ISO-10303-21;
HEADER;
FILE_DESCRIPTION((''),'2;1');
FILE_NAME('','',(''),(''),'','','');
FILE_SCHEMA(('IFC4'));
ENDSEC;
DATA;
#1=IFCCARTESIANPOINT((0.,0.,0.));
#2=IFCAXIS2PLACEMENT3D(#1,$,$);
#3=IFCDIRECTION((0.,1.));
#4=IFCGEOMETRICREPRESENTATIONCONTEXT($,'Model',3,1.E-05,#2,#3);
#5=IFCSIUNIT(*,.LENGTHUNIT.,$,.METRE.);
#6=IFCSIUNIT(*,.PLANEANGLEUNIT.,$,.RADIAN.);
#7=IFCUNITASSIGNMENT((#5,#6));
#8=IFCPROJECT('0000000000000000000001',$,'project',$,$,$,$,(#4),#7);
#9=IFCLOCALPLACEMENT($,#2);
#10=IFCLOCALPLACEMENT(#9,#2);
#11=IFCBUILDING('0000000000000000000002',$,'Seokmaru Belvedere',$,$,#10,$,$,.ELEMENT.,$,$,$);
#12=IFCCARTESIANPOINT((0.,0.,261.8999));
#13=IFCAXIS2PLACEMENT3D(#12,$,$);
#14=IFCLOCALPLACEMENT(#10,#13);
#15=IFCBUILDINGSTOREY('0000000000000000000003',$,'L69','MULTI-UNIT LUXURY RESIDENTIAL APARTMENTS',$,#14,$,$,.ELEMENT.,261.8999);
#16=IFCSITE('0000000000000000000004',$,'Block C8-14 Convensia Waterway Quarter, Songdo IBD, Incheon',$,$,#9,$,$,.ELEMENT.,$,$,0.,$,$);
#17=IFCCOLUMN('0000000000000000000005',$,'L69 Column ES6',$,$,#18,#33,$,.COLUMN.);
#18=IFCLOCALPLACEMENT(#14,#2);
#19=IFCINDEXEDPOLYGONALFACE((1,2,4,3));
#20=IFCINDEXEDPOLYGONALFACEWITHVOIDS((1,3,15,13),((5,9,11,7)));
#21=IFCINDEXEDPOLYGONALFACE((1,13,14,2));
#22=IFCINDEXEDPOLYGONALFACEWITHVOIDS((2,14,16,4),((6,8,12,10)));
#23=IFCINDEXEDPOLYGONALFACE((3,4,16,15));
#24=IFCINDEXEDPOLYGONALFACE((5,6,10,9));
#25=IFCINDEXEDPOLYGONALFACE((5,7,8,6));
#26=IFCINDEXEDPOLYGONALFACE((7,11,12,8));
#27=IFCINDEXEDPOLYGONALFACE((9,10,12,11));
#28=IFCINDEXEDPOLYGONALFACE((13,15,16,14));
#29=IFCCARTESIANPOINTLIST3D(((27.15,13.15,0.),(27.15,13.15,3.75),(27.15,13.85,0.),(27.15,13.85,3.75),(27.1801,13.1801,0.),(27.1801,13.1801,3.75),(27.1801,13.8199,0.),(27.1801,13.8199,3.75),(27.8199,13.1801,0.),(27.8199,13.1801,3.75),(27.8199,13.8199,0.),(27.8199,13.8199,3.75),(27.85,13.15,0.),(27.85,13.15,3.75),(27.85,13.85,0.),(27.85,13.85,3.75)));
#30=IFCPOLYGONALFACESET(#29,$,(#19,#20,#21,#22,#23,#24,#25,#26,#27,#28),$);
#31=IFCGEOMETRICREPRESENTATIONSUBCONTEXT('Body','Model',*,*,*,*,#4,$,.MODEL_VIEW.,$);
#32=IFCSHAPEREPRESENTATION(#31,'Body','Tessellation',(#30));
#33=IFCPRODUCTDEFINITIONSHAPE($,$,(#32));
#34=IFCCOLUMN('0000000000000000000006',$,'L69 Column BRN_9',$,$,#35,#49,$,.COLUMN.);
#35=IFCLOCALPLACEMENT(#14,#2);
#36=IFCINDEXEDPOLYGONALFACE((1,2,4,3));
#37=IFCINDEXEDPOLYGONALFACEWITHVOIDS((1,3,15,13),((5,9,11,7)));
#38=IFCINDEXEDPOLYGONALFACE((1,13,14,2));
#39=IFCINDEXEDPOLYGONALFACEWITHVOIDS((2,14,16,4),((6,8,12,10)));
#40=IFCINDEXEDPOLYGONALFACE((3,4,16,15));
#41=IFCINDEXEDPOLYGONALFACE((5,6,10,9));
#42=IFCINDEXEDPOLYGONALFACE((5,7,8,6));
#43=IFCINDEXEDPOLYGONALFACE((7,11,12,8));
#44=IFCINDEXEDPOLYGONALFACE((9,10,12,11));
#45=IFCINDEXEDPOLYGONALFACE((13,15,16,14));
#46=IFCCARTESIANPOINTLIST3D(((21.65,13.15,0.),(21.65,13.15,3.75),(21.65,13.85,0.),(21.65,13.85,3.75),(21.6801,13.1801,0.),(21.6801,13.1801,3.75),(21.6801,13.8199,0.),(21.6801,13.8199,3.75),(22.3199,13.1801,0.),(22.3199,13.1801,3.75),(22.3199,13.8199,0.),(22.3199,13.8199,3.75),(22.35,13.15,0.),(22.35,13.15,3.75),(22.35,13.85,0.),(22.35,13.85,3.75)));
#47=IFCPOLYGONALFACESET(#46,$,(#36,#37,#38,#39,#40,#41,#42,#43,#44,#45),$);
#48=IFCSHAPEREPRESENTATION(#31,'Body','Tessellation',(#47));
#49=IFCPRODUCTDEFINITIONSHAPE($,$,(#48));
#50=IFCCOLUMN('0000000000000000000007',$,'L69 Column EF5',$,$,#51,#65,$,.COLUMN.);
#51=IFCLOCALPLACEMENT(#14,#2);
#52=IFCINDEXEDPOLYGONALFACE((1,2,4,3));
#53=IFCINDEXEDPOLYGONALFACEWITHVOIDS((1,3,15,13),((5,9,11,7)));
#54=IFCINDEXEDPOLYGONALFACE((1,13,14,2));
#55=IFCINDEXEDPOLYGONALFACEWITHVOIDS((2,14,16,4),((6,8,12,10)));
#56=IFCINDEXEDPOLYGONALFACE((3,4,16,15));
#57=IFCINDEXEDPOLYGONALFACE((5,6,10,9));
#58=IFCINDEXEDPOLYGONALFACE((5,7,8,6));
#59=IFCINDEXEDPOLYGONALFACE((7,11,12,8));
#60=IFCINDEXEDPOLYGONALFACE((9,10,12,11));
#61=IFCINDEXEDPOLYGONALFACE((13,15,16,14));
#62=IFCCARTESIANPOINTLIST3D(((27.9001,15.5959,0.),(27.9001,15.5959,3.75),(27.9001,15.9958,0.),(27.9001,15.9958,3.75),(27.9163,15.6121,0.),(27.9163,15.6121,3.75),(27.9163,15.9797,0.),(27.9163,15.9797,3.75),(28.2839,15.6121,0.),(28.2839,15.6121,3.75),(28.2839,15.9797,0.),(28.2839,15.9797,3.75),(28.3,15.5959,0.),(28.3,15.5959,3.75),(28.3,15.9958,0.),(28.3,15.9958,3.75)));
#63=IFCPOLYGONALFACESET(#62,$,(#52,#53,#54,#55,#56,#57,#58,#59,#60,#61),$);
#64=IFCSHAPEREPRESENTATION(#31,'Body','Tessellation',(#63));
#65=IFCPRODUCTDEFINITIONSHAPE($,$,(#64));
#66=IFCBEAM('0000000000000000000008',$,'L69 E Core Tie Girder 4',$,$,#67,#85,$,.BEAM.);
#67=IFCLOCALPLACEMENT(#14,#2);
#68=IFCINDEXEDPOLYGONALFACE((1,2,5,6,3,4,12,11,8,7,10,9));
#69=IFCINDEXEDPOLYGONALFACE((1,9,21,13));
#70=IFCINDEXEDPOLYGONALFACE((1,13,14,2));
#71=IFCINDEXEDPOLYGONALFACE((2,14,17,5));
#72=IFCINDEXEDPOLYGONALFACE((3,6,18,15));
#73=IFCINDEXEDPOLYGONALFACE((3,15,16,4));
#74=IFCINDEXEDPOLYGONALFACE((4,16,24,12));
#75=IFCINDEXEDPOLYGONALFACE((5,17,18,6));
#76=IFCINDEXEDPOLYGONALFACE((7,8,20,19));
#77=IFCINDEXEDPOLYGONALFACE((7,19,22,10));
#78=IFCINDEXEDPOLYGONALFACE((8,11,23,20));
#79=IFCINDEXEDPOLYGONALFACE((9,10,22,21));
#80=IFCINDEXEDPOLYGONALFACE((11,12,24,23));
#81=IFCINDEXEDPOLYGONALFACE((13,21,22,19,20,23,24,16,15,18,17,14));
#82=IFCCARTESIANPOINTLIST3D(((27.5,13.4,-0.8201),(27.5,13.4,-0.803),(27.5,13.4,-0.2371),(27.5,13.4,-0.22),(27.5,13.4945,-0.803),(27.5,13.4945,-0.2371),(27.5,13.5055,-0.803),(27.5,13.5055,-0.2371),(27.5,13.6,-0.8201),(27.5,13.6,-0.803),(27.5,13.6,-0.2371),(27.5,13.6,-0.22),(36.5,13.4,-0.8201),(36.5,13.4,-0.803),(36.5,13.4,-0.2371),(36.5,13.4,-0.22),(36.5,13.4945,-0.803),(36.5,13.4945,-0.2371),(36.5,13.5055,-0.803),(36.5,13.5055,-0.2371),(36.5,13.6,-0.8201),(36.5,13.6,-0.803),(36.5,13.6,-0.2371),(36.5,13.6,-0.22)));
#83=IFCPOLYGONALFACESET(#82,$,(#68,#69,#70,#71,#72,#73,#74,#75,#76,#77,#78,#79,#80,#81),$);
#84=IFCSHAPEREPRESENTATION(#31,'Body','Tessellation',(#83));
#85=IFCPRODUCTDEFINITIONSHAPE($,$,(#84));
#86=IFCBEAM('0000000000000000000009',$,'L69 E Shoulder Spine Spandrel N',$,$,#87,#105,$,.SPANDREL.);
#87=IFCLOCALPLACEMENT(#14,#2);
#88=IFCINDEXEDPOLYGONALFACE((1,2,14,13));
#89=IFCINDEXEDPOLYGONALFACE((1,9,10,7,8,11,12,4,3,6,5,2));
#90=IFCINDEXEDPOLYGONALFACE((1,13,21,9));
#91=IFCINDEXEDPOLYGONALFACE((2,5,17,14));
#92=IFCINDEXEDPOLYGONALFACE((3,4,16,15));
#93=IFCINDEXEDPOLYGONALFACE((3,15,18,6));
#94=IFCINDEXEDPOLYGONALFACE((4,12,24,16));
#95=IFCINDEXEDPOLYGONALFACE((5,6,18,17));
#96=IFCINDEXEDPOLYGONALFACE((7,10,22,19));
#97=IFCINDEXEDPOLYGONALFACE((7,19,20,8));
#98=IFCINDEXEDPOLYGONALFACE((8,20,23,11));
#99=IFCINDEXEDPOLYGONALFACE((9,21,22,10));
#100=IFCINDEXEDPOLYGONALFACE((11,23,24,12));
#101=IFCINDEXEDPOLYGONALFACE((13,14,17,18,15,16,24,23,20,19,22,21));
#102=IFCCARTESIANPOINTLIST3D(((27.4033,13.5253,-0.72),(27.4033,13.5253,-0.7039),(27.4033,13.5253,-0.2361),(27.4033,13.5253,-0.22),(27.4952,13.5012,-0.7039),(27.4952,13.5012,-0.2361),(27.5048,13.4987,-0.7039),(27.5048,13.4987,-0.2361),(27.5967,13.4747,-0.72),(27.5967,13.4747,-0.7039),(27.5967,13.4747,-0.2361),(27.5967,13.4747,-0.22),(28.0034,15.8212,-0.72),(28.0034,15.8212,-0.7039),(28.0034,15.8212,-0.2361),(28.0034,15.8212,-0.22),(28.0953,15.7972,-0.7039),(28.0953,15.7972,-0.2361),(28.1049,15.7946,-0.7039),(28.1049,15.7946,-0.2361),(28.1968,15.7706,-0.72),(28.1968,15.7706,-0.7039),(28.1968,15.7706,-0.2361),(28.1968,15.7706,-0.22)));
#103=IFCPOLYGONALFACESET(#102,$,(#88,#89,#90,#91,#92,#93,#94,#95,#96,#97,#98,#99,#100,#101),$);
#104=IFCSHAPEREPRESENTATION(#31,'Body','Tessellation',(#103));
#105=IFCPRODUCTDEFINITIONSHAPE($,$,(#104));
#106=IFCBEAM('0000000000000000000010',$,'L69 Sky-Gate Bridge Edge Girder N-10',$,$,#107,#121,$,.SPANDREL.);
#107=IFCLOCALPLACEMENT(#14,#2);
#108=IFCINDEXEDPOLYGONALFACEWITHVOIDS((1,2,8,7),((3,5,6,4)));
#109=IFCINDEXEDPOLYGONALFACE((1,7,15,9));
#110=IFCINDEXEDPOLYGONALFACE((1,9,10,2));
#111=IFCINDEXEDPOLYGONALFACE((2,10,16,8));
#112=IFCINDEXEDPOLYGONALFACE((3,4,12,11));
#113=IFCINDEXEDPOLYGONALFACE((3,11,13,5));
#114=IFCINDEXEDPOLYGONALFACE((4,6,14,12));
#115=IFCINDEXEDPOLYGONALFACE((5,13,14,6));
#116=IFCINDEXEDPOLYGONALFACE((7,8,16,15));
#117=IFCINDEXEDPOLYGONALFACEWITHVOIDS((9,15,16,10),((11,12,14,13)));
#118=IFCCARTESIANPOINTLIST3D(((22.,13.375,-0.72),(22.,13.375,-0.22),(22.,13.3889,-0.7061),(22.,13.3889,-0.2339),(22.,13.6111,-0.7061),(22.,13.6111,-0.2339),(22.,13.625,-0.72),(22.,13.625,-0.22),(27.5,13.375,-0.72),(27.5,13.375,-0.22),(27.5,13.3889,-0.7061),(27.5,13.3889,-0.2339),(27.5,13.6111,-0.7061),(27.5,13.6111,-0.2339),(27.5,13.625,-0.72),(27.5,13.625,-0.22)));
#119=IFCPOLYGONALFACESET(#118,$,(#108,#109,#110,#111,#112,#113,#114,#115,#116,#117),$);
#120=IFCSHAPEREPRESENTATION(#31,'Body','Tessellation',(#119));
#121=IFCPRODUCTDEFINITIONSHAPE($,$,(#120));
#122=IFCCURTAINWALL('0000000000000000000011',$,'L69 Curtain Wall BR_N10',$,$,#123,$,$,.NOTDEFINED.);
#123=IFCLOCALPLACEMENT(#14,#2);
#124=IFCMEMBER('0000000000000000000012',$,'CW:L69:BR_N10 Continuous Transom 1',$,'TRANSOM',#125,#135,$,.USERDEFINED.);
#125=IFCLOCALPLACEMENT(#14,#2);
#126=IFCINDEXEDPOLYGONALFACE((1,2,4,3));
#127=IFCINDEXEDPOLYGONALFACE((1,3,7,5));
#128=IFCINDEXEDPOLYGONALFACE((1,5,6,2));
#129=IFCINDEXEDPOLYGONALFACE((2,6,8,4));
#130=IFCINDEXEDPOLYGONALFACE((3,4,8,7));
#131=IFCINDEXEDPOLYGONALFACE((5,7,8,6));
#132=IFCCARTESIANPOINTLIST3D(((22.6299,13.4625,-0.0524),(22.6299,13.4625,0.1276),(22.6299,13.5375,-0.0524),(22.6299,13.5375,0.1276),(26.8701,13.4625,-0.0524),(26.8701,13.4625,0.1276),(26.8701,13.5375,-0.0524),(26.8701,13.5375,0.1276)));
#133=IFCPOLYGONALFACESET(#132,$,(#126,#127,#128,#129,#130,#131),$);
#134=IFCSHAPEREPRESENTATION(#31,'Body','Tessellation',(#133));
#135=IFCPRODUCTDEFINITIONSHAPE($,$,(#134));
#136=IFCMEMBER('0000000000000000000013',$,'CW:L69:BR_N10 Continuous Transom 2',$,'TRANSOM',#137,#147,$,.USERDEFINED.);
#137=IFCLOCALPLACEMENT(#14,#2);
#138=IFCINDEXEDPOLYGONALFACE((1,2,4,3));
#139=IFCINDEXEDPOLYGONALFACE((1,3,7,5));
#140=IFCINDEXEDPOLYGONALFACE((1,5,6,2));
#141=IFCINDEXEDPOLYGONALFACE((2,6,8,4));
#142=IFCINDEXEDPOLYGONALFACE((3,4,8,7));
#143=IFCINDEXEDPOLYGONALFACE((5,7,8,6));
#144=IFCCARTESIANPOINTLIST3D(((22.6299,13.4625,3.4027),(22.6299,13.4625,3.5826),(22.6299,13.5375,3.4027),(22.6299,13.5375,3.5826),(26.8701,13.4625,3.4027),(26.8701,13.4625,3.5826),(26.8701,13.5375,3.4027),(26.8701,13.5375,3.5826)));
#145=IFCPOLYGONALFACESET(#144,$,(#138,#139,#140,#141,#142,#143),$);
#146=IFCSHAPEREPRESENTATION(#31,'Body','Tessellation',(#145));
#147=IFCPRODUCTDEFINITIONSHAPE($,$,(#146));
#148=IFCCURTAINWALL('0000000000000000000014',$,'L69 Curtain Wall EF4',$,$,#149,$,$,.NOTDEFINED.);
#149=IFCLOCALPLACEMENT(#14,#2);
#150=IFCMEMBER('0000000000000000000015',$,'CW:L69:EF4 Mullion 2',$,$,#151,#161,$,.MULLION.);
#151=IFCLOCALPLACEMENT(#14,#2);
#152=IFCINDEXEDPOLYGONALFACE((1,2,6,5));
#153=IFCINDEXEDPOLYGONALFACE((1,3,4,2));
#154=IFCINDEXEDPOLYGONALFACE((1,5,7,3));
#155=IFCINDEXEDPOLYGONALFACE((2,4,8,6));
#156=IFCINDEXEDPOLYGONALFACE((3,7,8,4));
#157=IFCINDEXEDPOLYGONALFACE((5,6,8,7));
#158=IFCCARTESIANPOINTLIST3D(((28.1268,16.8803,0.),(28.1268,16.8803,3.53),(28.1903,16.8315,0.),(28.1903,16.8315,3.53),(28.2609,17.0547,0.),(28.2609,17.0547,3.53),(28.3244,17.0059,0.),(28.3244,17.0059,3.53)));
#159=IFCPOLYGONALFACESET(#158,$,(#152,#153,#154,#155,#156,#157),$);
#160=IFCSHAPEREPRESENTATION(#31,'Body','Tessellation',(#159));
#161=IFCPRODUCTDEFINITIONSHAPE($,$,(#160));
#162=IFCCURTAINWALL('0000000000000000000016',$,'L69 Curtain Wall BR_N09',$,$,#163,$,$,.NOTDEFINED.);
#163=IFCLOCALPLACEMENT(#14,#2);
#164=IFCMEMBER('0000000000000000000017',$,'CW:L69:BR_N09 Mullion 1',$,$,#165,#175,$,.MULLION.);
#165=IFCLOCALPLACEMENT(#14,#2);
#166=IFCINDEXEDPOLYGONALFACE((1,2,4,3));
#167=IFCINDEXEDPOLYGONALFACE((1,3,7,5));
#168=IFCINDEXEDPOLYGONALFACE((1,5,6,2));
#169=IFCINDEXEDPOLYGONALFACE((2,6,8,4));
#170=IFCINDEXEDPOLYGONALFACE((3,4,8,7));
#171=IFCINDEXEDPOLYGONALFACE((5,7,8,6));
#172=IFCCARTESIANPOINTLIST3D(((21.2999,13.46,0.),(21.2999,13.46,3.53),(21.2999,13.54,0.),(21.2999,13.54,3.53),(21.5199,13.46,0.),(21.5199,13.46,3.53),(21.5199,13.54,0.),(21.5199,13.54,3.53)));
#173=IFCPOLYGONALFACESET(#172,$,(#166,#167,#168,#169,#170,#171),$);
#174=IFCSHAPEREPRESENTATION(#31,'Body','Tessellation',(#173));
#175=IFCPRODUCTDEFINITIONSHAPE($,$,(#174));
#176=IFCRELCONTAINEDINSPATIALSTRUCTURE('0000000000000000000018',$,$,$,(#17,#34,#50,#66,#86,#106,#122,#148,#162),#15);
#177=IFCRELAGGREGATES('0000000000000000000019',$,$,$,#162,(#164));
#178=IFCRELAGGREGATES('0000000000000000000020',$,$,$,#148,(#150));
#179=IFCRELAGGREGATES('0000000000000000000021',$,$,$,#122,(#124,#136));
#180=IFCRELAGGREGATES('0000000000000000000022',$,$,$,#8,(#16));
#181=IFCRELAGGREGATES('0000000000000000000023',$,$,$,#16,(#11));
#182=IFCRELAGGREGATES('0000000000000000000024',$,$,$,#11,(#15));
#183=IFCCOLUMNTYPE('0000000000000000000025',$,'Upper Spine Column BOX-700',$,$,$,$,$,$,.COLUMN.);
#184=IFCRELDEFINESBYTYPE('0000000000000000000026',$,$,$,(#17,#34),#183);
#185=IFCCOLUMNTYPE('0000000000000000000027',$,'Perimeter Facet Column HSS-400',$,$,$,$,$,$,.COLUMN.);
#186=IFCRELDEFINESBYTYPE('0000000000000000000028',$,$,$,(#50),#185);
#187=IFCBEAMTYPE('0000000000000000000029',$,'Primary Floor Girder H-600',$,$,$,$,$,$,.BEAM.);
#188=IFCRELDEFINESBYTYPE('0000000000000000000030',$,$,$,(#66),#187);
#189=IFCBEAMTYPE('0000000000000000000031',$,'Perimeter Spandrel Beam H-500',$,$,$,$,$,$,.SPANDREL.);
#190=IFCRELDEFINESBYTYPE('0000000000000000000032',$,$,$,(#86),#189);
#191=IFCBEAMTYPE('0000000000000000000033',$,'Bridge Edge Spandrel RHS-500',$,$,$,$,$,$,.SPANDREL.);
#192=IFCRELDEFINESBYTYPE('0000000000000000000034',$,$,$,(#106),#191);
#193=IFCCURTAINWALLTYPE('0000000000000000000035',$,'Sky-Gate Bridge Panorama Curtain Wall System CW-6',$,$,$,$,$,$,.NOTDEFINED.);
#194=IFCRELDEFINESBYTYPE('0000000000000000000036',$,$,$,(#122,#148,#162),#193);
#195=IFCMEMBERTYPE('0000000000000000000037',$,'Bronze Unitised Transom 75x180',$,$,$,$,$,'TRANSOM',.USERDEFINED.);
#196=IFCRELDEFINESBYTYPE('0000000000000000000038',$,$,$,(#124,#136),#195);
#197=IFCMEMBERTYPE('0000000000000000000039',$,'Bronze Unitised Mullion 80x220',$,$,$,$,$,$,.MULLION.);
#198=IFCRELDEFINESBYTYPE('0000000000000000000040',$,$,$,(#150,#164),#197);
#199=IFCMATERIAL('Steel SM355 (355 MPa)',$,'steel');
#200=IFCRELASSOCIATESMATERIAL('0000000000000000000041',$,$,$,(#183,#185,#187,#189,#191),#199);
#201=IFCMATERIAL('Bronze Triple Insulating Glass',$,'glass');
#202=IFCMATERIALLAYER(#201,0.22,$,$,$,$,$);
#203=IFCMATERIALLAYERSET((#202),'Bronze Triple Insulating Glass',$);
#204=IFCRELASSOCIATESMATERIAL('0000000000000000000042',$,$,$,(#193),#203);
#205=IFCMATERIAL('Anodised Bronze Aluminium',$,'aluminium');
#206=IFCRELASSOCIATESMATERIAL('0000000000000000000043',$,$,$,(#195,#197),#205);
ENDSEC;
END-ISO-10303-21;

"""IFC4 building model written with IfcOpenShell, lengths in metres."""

from ifc_helpers import new_model, si_unit, direction, frame, origin, origin_2d, place, context, subcontext, project, spatial, rectangle, hollow_rectangle, i_section, extrude, source, transform, mapped, material, layer, layer_set, material_profile, profile_set, type_object, type_shapes, element, aggregate, save


model = new_model("IFC4")

# Units and contexts
model_context = context("Model", 3, precision=1e-05, world=origin(), true_north=direction((0.0, 1.0)))
body_context = subcontext(model_context, "Body", "Model", "MODEL_VIEW")
ifc_project = project(units=[si_unit("LENGTHUNIT", "METRE"), si_unit("PLANEANGLEUNIT", "RADIAN")], contexts=[model_context])

# Site, building, storey
site_placement = place(None, origin())
site = spatial("IfcSite", under=ifc_project, at=site_placement, Name="Block C8-14 Convensia Waterway Quarter, Songdo IBD, Incheon", CompositionType="ELEMENT", RefElevation=0.0)
building_placement = place(site_placement, origin())
building = spatial("IfcBuilding", under=site, at=building_placement, Name="Seokmaru Belvedere", CompositionType="ELEMENT")
storey_placement = place(building_placement, frame((0.0, 0.0, 261.8999)))
storey = spatial("IfcBuildingStorey", under=building, at=storey_placement, Name="L69", Description="MULTI-UNIT LUXURY RESIDENTIAL APARTMENTS", CompositionType="ELEMENT", Elevation=261.8999)

# Columns
ifc_material_1 = material(Name="Steel SM355 (355 MPa)", Category="steel")
ifc_material_profile_1 = material_profile(ifc_material_1, hollow_rectangle(XDim=0.7, YDim=0.7, WallThickness=0.03, at=origin_2d()), Name="BOX-700x700x30")
ifc_profile_set_1 = profile_set([ifc_material_profile_1], Name="Steel SM355 (355 MPa)")
column_type_1 = type_object("IfcColumnType", Name="Upper Spine Column BOX-700", PredefinedType="COLUMN", material=ifc_profile_set_1)
shared_shape_1 = source(origin(), body_context, "Body", "SweptSolid", [
    extrude(hollow_rectangle(XDim=0.7, YDim=0.7, WallThickness=0.03, at=origin_2d()), origin(), (0.0, 0.0, 1.0), 3.75),
])
type_shapes(column_type_1, [shared_shape_1])
for number, where, z_axis, x_axis, name in (
    (1, (27.5, 13.5, 0.0), (0.0, 0.0, 1.0), (1.0, 0.0, 0.0), "L69 Column ES6"),
    (2, (22.0, 13.5, 0.0), (0.0, 0.0, 1.0), (1.0, 0.0, 0.0), "L69 Column BRN_9"),
):
    element("IfcColumn", number, at=place(storey_placement, frame(where, z_axis=z_axis, x_axis=x_axis)), inside=storey, type_object=column_type_1, Name=name, PredefinedType="COLUMN", context=body_context, shape_type="MappedRepresentation", body=[
        mapped(shared_shape_1, transform((0.0, 0.0, 0.0), scale=1.0)),
    ])
ifc_material_profile_2 = material_profile(ifc_material_1, hollow_rectangle(XDim=0.3999, YDim=0.3999, WallThickness=0.0161, at=origin_2d()), Name="HSS-400x400x16")
ifc_profile_set_2 = profile_set([ifc_material_profile_2], Name="Steel SM355 (355 MPa)")
column_type_2 = type_object("IfcColumnType", Name="Perimeter Facet Column HSS-400", PredefinedType="COLUMN", material=ifc_profile_set_2)
shared_shape_2 = source(origin(), body_context, "Body", "SweptSolid", [
    extrude(hollow_rectangle(XDim=0.3999, YDim=0.3999, WallThickness=0.0161, at=origin_2d()), origin(), (0.0, 0.0, 1.0), 3.75),
])
type_shapes(column_type_2, [shared_shape_2])
column_placement = place(storey_placement, frame((28.1001, 15.7959, 0.0), z_axis=(0.0, 0.0, 1.0), x_axis=(1.0, 0.0, 0.0)))
element("IfcColumn", 3, at=column_placement, inside=storey, type_object=column_type_2, Name="L69 Column EF5", PredefinedType="COLUMN", context=body_context, shape_type="MappedRepresentation", body=[
    mapped(shared_shape_2, transform((0.0, 0.0, 0.0), scale=1.0)),
])

# Beams
ifc_material_profile_3 = material_profile(ifc_material_1, i_section(OverallWidth=0.2, OverallDepth=0.6001, WebThickness=0.011, FlangeThickness=0.0171, at=origin_2d()), Name="H-600x200x11x17")
ifc_profile_set_3 = profile_set([ifc_material_profile_3], Name="Steel SM355 (355 MPa)")
beam_type_1 = type_object("IfcBeamType", Name="Primary Floor Girder H-600", PredefinedType="BEAM", material=ifc_profile_set_3)
shared_shape_3 = source(origin(), body_context, "Body", "SweptSolid", [
    extrude(i_section(OverallWidth=0.2, OverallDepth=0.6001, WebThickness=0.011, FlangeThickness=0.0171, at=origin_2d()), origin(), (0.0, 0.0, 1.0), 9.0),
])
type_shapes(beam_type_1, [shared_shape_3])
beam_1_placement = place(storey_placement, frame((27.5, 13.5, -0.52), z_axis=(1.0, 0.0, 0.0), x_axis=(0.0, 1.0, 0.0)))
element("IfcBeam", 4, at=beam_1_placement, inside=storey, type_object=beam_type_1, Name="L69 E Core Tie Girder 4", PredefinedType="BEAM", context=body_context, shape_type="MappedRepresentation", body=[
    mapped(shared_shape_3, transform((0.0, 0.0, 0.0), scale=1.0)),
])
ifc_material_profile_4 = material_profile(ifc_material_1, i_section(OverallWidth=0.2, OverallDepth=0.5, WebThickness=0.01, FlangeThickness=0.0161, at=origin_2d()), Name="H-500x200x10x16")
ifc_profile_set_4 = profile_set([ifc_material_profile_4], Name="Steel SM355 (355 MPa)")
beam_type_2 = type_object("IfcBeamType", Name="Perimeter Spandrel Beam H-500", PredefinedType="SPANDREL", material=ifc_profile_set_4)
shared_shape_4 = source(origin(), body_context, "Body", "SweptSolid", [
    extrude(i_section(OverallWidth=0.2, OverallDepth=0.5, WebThickness=0.01, FlangeThickness=0.0161, at=origin_2d()), origin(), (0.0, 0.0, 1.0), 2.373),
])
type_shapes(beam_type_2, [shared_shape_4])
beam_2_placement = place(storey_placement, frame((28.1001, 15.7959, -0.47), z_axis=(-0.252883, -0.967497, 0.0), x_axis=(0.967497, -0.252883, 0.0)))
element("IfcBeam", 5, at=beam_2_placement, inside=storey, type_object=beam_type_2, Name="L69 E Shoulder Spine Spandrel N", PredefinedType="SPANDREL", context=body_context, shape_type="MappedRepresentation", body=[
    mapped(shared_shape_4, transform((0.0, 0.0, 0.0), scale=1.0)),
])
ifc_material_profile_5 = material_profile(ifc_material_1, hollow_rectangle(XDim=0.25, YDim=0.5, WallThickness=0.0139, at=origin_2d()), Name="RHS-500x250x14")
ifc_profile_set_5 = profile_set([ifc_material_profile_5], Name="Steel SM355 (355 MPa)")
beam_type_3 = type_object("IfcBeamType", Name="Bridge Edge Spandrel RHS-500", PredefinedType="SPANDREL", material=ifc_profile_set_5)
shared_shape_5 = source(origin(), body_context, "Body", "SweptSolid", [
    extrude(hollow_rectangle(XDim=0.25, YDim=0.5, WallThickness=0.0139, at=origin_2d()), origin(), (0.0, 0.0, 1.0), 5.5),
])
type_shapes(beam_type_3, [shared_shape_5])
beam_3_placement = place(storey_placement, frame((22.0, 13.5, -0.47), z_axis=(1.0, 0.0, 0.0), x_axis=(0.0, 1.0, 0.0)))
element("IfcBeam", 6, at=beam_3_placement, inside=storey, type_object=beam_type_3, Name="L69 Sky-Gate Bridge Edge Girder N-10", PredefinedType="SPANDREL", context=body_context, shape_type="MappedRepresentation", body=[
    mapped(shared_shape_5, transform((0.0, 0.0, 0.0), scale=1.0)),
])

# Curtain wall, members
ifc_material_2 = material(Name="Bronze Triple Insulating Glass", Category="glass")
ifc_layer_1 = layer(ifc_material_2, 0.22)
ifc_layer_set_1 = layer_set([ifc_layer_1], Name="Bronze Triple Insulating Glass")
curtain_wall_type = type_object("IfcCurtainWallType", Name="Sky-Gate Bridge Panorama Curtain Wall System CW-6", PredefinedType="NOTDEFINED", material=ifc_layer_set_1)
curtain_wall_1_placement = place(storey_placement, origin())
curtain_wall_1 = element("IfcCurtainWall", 7, at=curtain_wall_1_placement, inside=storey, type_object=curtain_wall_type, Name="L69 Curtain Wall BR_N10", PredefinedType="NOTDEFINED")
ifc_material_3 = material(Name="Anodised Bronze Aluminium", Category="aluminium")
ifc_material_profile_6 = material_profile(ifc_material_3, rectangle(XDim=0.075, YDim=0.1799, at=origin_2d()), Name="CW-T-75x180")
ifc_profile_set_6 = profile_set([ifc_material_profile_6], Name="Anodised Bronze Aluminium")
member_type_1 = type_object("IfcMemberType", Name="Bronze Unitised Transom 75x180", ElementType="TRANSOM", PredefinedType="USERDEFINED", material=ifc_profile_set_6)
shared_shape_6 = source(origin(), body_context, "Body", "SweptSolid", [
    extrude(rectangle(XDim=0.075, YDim=0.1799, at=origin_2d()), origin(), (0.0, 0.0, 1.0), 4.2402),
])
type_shapes(member_type_1, [shared_shape_6])
member_1_placement = place(storey_placement, frame((26.8701, 13.5, 0.0376), z_axis=(-1.0, 0.0, 0.0), x_axis=(0.0, -1.0, 0.0)))
member_1 = element("IfcMember", 8, at=member_1_placement, type_object=member_type_1, Name="CW:L69:BR_N10 Continuous Transom 1", ObjectType="TRANSOM", PredefinedType="USERDEFINED", context=body_context, shape_type="MappedRepresentation", body=[
    mapped(shared_shape_6, transform((0.0, 0.0, 0.0), scale=1.0)),
])
member_2_placement = place(storey_placement, frame((26.8701, 13.5, 3.4927), z_axis=(-1.0, 0.0, 0.0), x_axis=(0.0, -1.0, 0.0)))
member_2 = element("IfcMember", 9, at=member_2_placement, type_object=member_type_1, Name="CW:L69:BR_N10 Continuous Transom 2", ObjectType="TRANSOM", PredefinedType="USERDEFINED", context=body_context, shape_type="MappedRepresentation", body=[
    mapped(shared_shape_6, transform((0.0, 0.0, 0.0), scale=1.0)),
])

# Curtain walls, members
curtain_wall_2_placement = place(storey_placement, origin())
curtain_wall_2 = element("IfcCurtainWall", 10, at=curtain_wall_2_placement, inside=storey, type_object=curtain_wall_type, Name="L69 Curtain Wall EF4", PredefinedType="NOTDEFINED")
ifc_material_profile_7 = material_profile(ifc_material_3, rectangle(XDim=0.0801, YDim=0.22, at=origin_2d()), Name="CW-M-80x220")
ifc_profile_set_7 = profile_set([ifc_material_profile_7], Name="Anodised Bronze Aluminium")
member_type_2 = type_object("IfcMemberType", Name="Bronze Unitised Mullion 80x220", PredefinedType="MULLION", material=ifc_profile_set_7)
shared_shape_7 = source(origin(), body_context, "Body", "SweptSolid", [
    extrude(rectangle(XDim=0.0801, YDim=0.22, at=origin_2d()), origin(), (0.0, 0.0, 1.0), 3.53),
])
type_shapes(member_type_2, [shared_shape_7])
member_3_placement = place(storey_placement, frame((28.2256, 16.9431, 0.0), z_axis=(0.0, 0.0, 1.0), x_axis=(0.792631, -0.609701, 0.0)))
member_3 = element("IfcMember", 11, at=member_3_placement, type_object=member_type_2, Name="CW:L69:EF4 Mullion 2", PredefinedType="MULLION", context=body_context, shape_type="MappedRepresentation", body=[
    mapped(shared_shape_7, transform((0.0, 0.0, 0.0), scale=1.0)),
])
curtain_wall_3_placement = place(storey_placement, origin())
curtain_wall_3 = element("IfcCurtainWall", 12, at=curtain_wall_3_placement, inside=storey, type_object=curtain_wall_type, Name="L69 Curtain Wall BR_N09", PredefinedType="NOTDEFINED")
member_4_placement = place(storey_placement, frame((21.4099, 13.5, 0.0), z_axis=(0.0, 0.0, 1.0), x_axis=(0.0, -1.0, 0.0)))
member_4 = element("IfcMember", 13, at=member_4_placement, type_object=member_type_2, Name="CW:L69:BR_N09 Mullion 1", PredefinedType="MULLION", context=body_context, shape_type="MappedRepresentation", body=[
    mapped(shared_shape_7, transform((0.0, 0.0, 0.0), scale=1.0)),
])
aggregate(curtain_wall_3, [member_4])

aggregate(curtain_wall_2, [member_3])
aggregate(curtain_wall_1, [member_1, member_2])

save(model, "model.ifc")
